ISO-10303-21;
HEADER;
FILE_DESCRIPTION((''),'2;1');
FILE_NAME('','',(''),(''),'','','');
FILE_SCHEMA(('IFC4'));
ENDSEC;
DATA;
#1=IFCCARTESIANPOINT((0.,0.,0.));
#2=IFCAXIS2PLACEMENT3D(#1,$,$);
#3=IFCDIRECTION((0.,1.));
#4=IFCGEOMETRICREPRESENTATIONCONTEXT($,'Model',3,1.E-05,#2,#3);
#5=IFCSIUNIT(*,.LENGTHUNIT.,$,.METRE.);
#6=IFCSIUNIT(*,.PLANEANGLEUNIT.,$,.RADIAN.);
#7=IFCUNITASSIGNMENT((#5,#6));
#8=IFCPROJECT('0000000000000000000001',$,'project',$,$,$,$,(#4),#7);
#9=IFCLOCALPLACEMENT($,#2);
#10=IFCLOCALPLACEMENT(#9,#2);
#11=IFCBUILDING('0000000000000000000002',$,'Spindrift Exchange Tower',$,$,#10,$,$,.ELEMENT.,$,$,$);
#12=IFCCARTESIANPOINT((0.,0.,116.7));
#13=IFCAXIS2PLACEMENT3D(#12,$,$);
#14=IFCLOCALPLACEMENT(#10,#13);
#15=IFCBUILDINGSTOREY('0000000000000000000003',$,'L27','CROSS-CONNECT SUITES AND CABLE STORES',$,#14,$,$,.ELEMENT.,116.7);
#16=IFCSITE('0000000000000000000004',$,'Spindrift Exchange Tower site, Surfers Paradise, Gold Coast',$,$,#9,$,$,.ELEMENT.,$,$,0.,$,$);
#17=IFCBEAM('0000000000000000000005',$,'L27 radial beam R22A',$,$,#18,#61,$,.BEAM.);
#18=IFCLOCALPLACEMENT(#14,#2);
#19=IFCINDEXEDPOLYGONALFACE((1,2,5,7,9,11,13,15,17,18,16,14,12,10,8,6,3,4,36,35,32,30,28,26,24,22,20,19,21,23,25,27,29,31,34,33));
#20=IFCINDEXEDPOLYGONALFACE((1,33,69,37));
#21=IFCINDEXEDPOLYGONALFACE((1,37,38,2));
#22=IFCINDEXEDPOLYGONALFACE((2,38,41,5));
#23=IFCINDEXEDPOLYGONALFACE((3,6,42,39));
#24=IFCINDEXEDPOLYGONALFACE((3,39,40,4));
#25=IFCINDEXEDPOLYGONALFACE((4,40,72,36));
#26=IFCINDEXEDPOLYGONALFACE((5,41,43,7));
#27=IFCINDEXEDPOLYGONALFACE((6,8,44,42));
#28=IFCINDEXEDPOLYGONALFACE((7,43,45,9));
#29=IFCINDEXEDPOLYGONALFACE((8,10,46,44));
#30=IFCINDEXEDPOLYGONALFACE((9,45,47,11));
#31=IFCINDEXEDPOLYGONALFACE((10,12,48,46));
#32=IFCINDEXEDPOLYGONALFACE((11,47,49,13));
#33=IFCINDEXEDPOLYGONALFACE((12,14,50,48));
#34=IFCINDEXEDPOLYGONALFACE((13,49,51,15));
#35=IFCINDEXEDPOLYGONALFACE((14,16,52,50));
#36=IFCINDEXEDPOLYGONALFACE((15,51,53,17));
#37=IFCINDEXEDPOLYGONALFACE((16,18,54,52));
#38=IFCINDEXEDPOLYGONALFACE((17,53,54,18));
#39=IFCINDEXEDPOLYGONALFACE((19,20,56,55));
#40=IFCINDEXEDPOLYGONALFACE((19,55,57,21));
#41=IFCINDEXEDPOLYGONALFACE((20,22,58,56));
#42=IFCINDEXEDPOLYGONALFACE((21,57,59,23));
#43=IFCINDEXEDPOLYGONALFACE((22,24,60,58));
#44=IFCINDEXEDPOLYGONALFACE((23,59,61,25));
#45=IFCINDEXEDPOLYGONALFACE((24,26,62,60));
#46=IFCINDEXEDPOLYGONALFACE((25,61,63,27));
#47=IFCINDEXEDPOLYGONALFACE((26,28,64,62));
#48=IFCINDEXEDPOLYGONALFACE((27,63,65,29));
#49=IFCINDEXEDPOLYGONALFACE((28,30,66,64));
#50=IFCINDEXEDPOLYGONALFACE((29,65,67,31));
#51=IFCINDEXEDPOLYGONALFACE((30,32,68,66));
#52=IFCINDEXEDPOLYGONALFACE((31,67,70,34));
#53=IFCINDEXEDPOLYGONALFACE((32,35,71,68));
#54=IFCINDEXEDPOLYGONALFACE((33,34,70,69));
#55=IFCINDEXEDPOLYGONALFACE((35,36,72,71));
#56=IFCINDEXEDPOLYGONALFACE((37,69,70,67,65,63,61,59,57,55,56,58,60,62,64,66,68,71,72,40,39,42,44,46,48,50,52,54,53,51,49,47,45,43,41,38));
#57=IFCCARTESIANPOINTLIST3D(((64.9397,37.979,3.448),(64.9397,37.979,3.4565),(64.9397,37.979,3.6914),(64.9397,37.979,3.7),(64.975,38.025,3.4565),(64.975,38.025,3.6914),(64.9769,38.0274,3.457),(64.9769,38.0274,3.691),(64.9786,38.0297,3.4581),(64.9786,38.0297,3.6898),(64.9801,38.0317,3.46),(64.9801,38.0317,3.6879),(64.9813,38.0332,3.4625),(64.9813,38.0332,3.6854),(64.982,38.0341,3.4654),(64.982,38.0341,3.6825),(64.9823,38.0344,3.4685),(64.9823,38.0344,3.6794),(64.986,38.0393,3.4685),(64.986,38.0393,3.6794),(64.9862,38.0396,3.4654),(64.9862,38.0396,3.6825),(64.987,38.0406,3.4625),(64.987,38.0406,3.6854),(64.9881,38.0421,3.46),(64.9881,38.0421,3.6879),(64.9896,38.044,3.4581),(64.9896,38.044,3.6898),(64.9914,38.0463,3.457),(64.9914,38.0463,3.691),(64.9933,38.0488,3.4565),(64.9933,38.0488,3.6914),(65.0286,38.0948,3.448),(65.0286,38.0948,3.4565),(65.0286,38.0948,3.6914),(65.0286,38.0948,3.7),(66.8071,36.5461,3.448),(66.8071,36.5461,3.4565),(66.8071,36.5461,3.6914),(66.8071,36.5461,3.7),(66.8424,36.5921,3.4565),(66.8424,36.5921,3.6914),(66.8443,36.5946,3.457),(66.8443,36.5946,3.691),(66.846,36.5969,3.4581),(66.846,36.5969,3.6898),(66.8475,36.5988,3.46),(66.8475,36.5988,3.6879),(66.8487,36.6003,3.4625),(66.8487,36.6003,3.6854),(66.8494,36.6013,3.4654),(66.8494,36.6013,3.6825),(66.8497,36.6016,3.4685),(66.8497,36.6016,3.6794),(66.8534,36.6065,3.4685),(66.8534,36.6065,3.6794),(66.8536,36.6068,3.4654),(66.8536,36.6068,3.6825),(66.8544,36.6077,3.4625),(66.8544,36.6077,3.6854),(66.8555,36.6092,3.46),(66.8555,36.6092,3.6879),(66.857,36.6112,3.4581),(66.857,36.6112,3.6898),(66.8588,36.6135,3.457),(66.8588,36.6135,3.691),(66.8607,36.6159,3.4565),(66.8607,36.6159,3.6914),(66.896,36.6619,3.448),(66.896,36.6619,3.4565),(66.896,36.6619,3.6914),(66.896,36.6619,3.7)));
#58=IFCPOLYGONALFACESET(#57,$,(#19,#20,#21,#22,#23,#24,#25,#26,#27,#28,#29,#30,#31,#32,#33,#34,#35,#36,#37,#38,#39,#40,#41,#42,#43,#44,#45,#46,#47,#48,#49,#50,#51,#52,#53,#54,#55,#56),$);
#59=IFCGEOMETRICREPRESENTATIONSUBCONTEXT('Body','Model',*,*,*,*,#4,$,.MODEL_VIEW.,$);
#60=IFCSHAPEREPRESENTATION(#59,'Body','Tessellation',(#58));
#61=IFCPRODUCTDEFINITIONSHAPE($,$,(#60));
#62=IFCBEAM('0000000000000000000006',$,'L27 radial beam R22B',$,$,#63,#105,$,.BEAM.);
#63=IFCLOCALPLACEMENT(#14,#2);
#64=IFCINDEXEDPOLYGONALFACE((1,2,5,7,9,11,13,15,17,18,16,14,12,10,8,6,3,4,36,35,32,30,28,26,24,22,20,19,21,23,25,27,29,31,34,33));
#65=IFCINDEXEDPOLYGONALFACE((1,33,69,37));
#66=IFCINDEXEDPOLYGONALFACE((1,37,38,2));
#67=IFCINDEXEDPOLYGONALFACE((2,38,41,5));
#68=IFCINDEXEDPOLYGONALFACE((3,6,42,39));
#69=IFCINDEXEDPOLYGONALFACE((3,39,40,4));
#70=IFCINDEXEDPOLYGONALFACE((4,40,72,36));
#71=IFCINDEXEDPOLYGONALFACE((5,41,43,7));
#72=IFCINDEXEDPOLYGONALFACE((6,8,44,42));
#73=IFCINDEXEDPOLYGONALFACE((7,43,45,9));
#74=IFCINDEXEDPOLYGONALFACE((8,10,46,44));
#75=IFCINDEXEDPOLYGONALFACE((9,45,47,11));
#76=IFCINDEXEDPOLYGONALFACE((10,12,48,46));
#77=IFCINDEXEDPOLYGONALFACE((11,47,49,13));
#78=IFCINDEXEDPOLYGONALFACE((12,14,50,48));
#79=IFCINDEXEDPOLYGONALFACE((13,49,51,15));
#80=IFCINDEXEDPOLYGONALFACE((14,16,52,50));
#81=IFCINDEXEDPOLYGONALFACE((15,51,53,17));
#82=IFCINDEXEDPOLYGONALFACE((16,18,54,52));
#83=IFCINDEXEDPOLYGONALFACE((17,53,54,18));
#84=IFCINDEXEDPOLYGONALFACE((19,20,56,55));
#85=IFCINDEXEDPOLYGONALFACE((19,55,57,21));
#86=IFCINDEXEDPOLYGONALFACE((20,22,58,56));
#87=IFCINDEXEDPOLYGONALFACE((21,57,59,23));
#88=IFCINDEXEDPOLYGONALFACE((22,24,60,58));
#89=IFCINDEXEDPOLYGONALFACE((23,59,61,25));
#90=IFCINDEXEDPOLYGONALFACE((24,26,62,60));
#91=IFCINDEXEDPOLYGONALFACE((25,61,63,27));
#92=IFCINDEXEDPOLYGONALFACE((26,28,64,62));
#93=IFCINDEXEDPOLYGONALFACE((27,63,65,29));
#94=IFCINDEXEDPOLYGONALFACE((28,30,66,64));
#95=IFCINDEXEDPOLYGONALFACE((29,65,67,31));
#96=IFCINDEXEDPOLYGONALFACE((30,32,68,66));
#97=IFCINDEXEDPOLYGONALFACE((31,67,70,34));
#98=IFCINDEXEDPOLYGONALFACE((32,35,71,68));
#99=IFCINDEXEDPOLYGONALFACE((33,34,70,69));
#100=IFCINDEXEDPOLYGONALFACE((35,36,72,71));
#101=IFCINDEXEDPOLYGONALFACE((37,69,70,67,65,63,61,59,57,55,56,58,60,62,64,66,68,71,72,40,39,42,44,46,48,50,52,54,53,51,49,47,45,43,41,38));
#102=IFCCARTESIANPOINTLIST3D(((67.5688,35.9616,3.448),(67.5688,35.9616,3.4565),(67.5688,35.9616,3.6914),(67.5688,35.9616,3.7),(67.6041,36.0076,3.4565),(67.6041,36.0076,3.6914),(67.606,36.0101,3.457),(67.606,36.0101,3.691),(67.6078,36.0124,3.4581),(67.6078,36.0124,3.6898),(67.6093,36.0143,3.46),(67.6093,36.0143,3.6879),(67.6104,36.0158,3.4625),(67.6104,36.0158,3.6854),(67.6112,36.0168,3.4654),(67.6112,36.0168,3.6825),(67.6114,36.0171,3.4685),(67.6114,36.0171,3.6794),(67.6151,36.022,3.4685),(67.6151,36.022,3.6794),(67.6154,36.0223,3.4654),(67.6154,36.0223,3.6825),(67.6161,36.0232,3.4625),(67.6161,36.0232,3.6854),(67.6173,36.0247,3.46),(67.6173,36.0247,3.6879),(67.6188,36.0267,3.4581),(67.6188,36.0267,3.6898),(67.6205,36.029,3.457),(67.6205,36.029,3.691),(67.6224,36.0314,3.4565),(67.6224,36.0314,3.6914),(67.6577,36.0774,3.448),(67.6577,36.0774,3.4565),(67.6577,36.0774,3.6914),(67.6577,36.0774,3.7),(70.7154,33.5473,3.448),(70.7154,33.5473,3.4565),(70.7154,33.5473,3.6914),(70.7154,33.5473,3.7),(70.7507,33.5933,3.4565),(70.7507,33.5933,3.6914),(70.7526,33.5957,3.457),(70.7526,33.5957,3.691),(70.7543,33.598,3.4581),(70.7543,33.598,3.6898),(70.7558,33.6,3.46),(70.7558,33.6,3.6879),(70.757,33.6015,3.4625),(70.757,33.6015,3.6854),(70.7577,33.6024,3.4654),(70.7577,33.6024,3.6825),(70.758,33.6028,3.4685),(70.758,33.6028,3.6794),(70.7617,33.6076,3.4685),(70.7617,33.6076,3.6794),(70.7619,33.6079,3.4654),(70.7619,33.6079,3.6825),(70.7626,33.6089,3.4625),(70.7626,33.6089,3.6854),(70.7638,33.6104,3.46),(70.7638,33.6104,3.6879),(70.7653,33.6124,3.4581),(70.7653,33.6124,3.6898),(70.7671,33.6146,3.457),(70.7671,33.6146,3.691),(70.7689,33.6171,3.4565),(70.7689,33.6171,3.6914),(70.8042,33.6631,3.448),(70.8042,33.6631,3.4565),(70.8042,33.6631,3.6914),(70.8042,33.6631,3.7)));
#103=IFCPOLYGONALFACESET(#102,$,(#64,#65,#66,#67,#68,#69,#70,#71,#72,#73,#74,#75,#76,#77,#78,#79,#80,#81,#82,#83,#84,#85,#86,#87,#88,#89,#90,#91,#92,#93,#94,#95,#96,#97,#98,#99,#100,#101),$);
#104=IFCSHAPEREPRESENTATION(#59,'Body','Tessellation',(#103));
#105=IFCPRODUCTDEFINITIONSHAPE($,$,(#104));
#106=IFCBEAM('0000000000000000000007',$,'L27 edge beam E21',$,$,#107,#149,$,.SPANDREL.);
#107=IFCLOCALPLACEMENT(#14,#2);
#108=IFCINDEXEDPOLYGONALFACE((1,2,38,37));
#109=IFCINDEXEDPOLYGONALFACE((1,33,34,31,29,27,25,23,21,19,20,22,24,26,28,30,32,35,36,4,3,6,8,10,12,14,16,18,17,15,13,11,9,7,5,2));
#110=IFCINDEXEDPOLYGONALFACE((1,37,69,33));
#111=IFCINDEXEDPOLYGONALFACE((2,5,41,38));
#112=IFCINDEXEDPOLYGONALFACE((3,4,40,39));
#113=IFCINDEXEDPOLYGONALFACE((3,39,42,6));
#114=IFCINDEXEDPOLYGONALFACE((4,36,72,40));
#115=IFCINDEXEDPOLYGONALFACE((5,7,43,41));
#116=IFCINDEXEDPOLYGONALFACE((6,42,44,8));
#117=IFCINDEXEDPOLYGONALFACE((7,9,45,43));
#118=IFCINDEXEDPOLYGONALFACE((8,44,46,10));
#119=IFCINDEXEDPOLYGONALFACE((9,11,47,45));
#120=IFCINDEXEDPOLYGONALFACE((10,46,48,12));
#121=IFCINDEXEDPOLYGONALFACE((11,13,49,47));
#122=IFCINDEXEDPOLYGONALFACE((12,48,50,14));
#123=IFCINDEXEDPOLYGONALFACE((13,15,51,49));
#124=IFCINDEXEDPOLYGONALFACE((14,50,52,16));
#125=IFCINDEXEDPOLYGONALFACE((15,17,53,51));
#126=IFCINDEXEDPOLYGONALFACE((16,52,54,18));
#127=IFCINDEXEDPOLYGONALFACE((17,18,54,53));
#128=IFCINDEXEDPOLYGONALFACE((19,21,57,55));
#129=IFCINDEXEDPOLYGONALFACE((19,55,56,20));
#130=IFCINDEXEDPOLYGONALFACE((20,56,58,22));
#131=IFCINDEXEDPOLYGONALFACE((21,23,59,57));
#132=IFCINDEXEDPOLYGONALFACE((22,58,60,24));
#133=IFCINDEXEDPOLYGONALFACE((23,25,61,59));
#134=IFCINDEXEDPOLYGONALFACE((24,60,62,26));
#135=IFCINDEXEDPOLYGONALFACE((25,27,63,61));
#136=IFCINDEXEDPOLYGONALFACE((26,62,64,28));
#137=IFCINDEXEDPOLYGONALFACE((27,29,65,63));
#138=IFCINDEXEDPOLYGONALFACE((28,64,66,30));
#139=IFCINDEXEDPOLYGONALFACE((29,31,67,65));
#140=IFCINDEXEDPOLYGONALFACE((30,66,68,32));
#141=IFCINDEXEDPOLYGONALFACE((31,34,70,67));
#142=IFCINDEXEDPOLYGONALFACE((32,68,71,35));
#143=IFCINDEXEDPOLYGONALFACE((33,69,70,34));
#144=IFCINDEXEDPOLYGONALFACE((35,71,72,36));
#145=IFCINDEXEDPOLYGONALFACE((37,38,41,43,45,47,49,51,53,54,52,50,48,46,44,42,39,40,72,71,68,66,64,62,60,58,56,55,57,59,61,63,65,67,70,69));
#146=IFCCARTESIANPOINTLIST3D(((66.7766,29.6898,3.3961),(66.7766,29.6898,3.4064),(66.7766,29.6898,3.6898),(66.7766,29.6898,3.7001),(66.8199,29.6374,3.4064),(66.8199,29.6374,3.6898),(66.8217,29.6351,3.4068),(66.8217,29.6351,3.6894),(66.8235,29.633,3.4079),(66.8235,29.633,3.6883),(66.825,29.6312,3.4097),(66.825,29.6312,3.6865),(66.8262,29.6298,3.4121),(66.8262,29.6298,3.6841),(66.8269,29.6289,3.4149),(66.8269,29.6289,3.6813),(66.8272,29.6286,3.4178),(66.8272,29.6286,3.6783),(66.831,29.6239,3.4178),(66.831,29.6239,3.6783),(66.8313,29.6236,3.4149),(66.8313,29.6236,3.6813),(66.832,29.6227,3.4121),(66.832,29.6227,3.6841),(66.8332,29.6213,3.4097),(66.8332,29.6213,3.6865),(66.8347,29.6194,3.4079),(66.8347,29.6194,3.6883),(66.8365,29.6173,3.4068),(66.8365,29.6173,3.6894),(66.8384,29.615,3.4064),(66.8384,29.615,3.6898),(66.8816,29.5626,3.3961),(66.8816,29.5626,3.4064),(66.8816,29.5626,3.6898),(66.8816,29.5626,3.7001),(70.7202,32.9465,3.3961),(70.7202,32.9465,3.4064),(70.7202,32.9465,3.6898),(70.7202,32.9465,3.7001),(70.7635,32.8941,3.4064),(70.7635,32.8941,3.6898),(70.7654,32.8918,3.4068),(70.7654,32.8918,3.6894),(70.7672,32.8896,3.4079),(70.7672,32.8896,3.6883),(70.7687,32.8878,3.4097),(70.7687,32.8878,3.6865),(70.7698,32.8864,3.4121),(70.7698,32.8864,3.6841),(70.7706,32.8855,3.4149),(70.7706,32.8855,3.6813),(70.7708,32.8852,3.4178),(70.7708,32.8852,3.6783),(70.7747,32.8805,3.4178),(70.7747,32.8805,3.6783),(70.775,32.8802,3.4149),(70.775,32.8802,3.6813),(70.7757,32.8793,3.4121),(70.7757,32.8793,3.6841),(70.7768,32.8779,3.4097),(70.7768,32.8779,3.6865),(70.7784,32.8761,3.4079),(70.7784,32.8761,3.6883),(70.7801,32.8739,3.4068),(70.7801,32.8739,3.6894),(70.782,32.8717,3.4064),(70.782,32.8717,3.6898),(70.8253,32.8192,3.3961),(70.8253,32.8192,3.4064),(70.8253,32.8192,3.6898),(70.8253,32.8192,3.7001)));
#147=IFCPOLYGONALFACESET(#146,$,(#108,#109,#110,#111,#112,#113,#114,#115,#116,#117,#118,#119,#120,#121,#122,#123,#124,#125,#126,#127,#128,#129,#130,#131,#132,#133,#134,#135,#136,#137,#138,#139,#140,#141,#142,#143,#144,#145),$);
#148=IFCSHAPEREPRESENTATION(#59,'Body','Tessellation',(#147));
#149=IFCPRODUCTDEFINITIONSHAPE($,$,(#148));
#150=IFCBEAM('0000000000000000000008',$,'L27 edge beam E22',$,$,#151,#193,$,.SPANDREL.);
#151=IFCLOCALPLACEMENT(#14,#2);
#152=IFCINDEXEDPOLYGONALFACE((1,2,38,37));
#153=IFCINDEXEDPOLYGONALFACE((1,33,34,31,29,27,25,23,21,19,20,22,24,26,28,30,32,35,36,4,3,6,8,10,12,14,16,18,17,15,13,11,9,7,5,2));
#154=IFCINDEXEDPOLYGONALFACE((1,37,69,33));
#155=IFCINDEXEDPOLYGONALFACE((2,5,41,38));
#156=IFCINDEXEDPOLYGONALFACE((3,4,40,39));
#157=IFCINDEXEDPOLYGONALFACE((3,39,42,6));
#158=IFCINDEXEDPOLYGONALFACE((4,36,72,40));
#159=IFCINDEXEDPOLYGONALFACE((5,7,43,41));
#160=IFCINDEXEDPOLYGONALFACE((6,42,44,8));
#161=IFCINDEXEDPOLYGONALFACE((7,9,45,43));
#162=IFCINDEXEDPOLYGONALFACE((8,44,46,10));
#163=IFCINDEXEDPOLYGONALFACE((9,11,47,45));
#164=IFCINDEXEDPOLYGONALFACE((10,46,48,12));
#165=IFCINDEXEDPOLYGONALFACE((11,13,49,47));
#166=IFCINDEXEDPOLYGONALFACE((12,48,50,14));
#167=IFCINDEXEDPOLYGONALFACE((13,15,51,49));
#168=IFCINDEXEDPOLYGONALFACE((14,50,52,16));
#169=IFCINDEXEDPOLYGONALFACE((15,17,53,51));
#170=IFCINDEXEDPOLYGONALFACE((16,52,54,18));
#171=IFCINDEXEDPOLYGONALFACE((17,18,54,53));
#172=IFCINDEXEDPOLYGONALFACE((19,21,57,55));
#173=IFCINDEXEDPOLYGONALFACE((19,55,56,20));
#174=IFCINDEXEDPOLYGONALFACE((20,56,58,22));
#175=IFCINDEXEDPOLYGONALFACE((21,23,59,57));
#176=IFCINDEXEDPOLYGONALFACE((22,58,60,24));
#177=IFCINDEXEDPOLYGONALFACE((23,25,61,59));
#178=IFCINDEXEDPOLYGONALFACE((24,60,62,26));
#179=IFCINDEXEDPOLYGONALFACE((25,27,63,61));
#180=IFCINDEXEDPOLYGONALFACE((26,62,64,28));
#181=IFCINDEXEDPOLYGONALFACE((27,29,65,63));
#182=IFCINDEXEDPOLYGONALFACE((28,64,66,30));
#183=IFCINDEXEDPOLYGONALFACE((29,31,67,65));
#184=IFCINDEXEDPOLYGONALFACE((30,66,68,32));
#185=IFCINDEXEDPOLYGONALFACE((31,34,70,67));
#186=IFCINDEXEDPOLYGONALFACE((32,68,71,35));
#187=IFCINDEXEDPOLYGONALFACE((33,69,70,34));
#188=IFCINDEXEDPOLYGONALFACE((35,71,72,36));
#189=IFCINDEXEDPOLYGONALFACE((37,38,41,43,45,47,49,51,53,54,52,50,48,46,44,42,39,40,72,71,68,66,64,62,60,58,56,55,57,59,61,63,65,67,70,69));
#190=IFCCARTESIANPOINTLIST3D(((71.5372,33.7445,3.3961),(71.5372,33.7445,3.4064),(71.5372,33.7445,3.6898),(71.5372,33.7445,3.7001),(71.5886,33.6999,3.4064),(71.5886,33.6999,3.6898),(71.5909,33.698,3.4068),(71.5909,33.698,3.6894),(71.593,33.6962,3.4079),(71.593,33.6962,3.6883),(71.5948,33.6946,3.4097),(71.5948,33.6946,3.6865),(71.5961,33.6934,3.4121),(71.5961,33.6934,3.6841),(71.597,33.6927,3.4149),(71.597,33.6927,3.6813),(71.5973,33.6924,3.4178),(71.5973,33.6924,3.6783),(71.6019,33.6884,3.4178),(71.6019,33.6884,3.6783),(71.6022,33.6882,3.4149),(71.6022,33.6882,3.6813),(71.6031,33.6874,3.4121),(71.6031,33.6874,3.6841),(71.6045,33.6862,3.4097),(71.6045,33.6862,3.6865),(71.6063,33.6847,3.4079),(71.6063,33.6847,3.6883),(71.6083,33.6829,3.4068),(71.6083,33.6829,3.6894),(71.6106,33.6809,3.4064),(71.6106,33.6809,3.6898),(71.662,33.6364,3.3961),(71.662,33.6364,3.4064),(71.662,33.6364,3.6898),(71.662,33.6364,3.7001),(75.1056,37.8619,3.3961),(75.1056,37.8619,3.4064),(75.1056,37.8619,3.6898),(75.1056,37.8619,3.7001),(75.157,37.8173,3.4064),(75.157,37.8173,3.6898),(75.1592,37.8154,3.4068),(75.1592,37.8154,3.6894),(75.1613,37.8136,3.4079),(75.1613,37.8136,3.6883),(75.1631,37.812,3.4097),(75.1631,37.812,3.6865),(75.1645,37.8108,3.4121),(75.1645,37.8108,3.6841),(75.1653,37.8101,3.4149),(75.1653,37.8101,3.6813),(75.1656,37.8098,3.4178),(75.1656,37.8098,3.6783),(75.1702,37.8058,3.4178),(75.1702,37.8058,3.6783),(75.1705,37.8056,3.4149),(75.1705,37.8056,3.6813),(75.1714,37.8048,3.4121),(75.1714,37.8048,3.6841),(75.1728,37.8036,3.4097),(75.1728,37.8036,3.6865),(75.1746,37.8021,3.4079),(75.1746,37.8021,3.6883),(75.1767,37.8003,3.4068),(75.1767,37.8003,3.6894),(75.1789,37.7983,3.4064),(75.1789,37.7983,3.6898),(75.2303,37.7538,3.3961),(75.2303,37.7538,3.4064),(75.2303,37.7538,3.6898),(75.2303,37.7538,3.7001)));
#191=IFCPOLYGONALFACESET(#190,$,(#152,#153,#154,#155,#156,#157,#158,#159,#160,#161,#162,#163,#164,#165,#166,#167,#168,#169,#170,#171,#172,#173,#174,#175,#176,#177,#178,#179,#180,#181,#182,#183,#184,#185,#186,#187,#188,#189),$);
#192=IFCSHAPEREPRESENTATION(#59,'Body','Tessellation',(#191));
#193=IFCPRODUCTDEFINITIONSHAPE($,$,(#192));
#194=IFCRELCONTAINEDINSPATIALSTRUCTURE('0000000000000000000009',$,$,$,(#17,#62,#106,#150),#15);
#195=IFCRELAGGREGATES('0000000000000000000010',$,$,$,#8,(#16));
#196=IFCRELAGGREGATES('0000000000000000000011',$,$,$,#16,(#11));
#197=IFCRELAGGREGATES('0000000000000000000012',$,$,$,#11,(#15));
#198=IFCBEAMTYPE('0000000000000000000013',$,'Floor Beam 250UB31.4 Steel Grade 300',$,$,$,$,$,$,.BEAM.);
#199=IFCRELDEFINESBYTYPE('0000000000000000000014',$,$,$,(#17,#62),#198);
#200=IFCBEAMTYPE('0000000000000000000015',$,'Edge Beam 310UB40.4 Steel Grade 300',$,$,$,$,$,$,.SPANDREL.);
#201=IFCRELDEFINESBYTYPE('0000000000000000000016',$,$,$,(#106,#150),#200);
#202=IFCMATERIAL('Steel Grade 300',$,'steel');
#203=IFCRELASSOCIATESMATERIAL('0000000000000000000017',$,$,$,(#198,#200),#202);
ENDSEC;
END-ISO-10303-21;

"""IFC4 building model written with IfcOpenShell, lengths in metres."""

from ifc_helpers import new_model, si_unit, direction, frame, origin, origin_2d, place, context, subcontext, project, spatial, i_section, extrude, source, transform, mapped, material, material_profile, profile_set, type_object, element, save


model = new_model("IFC4")

# Units and contexts
model_context = context("Model", 3, precision=1e-05, world=origin(), true_north=direction((0.0, 1.0)))
body_context = subcontext(model_context, "Body", "Model", "MODEL_VIEW")
ifc_project = project(units=[si_unit("LENGTHUNIT", "METRE"), si_unit("PLANEANGLEUNIT", "RADIAN")], contexts=[model_context])

# Site, building, storey
site_placement = place(None, origin())
site = spatial("IfcSite", under=ifc_project, at=site_placement, Name="Spindrift Exchange Tower site, Surfers Paradise, Gold Coast", CompositionType="ELEMENT", RefElevation=0.0)
building_placement = place(site_placement, origin())
building = spatial("IfcBuilding", under=site, at=building_placement, Name="Spindrift Exchange Tower", CompositionType="ELEMENT")
storey_placement = place(building_placement, frame((0.0, 0.0, 116.7)))
storey = spatial("IfcBuildingStorey", under=building, at=storey_placement, Name="L27", Description="CROSS-CONNECT SUITES AND CABLE STORES", CompositionType="ELEMENT", Elevation=116.7)

# Beams
ifc_material_1 = material(Name="Steel Grade 300", Category="steel")
ifc_material_profile_1 = material_profile(ifc_material_1, i_section(OverallWidth=0.146, OverallDepth=0.252, WebThickness=0.0061, FlangeThickness=0.0085, FilletRadius=0.012, at=origin_2d()), Name="250UB31.4")
ifc_profile_set_1 = profile_set([ifc_material_profile_1], Name="Steel Grade 300")
beam_type_1 = type_object("IfcBeamType", Name="Floor Beam 250UB31.4 Steel Grade 300", PredefinedType="BEAM", material=ifc_profile_set_1)
shared_shape_1 = source(origin(), body_context, "Body", "SweptSolid", [
    extrude(i_section(OverallWidth=0.146, OverallDepth=0.252, WebThickness=0.0061, FlangeThickness=0.0085, FilletRadius=0.012, at=origin_2d()), origin(), (0.0, 0.0, 1.0), 2.3538),
])
beam_1_placement = place(storey_placement, frame((64.9841, 38.0369, 3.574), z_axis=(0.793368, -0.608743, 0.0), x_axis=(0.608743, 0.793368, 0.0)))
element("IfcBeam", 1, at=beam_1_placement, inside=storey, type_object=beam_type_1, Name="L27 radial beam R22A", PredefinedType="BEAM", context=body_context, shape_type="MappedRepresentation", body=[
    mapped(shared_shape_1, transform((0.0, 0.0, 0.0), scale=1.0)),
])
shared_shape_2 = source(origin(), body_context, "Body", "SweptSolid", [
    extrude(i_section(OverallWidth=0.146, OverallDepth=0.252, WebThickness=0.0061, FlangeThickness=0.0085, FilletRadius=0.012, at=origin_2d()), origin(), (0.0, 0.0, 1.0), 3.9661),
])
beam_2_placement = place(storey_placement, frame((67.6133, 36.0195, 3.574), z_axis=(0.793363, -0.608749, 0.0), x_axis=(0.608749, 0.793363, 0.0)))
element("IfcBeam", 2, at=beam_2_placement, inside=storey, type_object=beam_type_1, Name="L27 radial beam R22B", PredefinedType="BEAM", context=body_context, shape_type="MappedRepresentation", body=[
    mapped(shared_shape_2, transform((0.0, 0.0, 0.0), scale=1.0)),
])
ifc_material_profile_2 = material_profile(ifc_material_1, i_section(OverallWidth=0.165, OverallDepth=0.304, WebThickness=0.0061, FlangeThickness=0.0103, FilletRadius=0.0115, at=origin_2d()), Name="310UB40.4")
ifc_profile_set_2 = profile_set([ifc_material_profile_2], Name="Steel Grade 300")
beam_type_2 = type_object("IfcBeamType", Name="Edge Beam 310UB40.4 Steel Grade 300", PredefinedType="SPANDREL", material=ifc_profile_set_2)
shared_shape_3 = source(origin(), body_context, "Body", "SweptSolid", [
    extrude(i_section(OverallWidth=0.165, OverallDepth=0.304, WebThickness=0.0061, FlangeThickness=0.0103, FilletRadius=0.0115, at=origin_2d()), origin(), (0.0, 0.0, 1.0), 5.1145),
])
beam_3_placement = place(storey_placement, frame((66.8291, 29.6262, 3.5481), z_axis=(0.771074, 0.636746, 0.0), x_axis=(-0.636746, 0.771074, 0.0)))
element("IfcBeam", 3, at=beam_3_placement, inside=storey, type_object=beam_type_2, Name="L27 edge beam E21", PredefinedType="SPANDREL", context=body_context, shape_type="MappedRepresentation", body=[
    mapped(shared_shape_3, transform((0.0, 0.0, 0.0), scale=1.0)),
])
shared_shape_4 = source(origin(), body_context, "Body", "SweptSolid", [
    extrude(i_section(OverallWidth=0.165, OverallDepth=0.304, WebThickness=0.0061, FlangeThickness=0.0103, FilletRadius=0.0115, at=origin_2d()), origin(), (0.0, 0.0, 1.0), 5.4485),
])
beam_4_placement = place(storey_placement, frame((71.5996, 33.6904, 3.5481), z_axis=(0.654922, 0.755696, 0.0), x_axis=(-0.755696, 0.654922, 0.0)))
element("IfcBeam", 4, at=beam_4_placement, inside=storey, type_object=beam_type_2, Name="L27 edge beam E22", PredefinedType="SPANDREL", context=body_context, shape_type="MappedRepresentation", body=[
    mapped(shared_shape_4, transform((0.0, 0.0, 0.0), scale=1.0)),
])

save(model, "model.ifc")
